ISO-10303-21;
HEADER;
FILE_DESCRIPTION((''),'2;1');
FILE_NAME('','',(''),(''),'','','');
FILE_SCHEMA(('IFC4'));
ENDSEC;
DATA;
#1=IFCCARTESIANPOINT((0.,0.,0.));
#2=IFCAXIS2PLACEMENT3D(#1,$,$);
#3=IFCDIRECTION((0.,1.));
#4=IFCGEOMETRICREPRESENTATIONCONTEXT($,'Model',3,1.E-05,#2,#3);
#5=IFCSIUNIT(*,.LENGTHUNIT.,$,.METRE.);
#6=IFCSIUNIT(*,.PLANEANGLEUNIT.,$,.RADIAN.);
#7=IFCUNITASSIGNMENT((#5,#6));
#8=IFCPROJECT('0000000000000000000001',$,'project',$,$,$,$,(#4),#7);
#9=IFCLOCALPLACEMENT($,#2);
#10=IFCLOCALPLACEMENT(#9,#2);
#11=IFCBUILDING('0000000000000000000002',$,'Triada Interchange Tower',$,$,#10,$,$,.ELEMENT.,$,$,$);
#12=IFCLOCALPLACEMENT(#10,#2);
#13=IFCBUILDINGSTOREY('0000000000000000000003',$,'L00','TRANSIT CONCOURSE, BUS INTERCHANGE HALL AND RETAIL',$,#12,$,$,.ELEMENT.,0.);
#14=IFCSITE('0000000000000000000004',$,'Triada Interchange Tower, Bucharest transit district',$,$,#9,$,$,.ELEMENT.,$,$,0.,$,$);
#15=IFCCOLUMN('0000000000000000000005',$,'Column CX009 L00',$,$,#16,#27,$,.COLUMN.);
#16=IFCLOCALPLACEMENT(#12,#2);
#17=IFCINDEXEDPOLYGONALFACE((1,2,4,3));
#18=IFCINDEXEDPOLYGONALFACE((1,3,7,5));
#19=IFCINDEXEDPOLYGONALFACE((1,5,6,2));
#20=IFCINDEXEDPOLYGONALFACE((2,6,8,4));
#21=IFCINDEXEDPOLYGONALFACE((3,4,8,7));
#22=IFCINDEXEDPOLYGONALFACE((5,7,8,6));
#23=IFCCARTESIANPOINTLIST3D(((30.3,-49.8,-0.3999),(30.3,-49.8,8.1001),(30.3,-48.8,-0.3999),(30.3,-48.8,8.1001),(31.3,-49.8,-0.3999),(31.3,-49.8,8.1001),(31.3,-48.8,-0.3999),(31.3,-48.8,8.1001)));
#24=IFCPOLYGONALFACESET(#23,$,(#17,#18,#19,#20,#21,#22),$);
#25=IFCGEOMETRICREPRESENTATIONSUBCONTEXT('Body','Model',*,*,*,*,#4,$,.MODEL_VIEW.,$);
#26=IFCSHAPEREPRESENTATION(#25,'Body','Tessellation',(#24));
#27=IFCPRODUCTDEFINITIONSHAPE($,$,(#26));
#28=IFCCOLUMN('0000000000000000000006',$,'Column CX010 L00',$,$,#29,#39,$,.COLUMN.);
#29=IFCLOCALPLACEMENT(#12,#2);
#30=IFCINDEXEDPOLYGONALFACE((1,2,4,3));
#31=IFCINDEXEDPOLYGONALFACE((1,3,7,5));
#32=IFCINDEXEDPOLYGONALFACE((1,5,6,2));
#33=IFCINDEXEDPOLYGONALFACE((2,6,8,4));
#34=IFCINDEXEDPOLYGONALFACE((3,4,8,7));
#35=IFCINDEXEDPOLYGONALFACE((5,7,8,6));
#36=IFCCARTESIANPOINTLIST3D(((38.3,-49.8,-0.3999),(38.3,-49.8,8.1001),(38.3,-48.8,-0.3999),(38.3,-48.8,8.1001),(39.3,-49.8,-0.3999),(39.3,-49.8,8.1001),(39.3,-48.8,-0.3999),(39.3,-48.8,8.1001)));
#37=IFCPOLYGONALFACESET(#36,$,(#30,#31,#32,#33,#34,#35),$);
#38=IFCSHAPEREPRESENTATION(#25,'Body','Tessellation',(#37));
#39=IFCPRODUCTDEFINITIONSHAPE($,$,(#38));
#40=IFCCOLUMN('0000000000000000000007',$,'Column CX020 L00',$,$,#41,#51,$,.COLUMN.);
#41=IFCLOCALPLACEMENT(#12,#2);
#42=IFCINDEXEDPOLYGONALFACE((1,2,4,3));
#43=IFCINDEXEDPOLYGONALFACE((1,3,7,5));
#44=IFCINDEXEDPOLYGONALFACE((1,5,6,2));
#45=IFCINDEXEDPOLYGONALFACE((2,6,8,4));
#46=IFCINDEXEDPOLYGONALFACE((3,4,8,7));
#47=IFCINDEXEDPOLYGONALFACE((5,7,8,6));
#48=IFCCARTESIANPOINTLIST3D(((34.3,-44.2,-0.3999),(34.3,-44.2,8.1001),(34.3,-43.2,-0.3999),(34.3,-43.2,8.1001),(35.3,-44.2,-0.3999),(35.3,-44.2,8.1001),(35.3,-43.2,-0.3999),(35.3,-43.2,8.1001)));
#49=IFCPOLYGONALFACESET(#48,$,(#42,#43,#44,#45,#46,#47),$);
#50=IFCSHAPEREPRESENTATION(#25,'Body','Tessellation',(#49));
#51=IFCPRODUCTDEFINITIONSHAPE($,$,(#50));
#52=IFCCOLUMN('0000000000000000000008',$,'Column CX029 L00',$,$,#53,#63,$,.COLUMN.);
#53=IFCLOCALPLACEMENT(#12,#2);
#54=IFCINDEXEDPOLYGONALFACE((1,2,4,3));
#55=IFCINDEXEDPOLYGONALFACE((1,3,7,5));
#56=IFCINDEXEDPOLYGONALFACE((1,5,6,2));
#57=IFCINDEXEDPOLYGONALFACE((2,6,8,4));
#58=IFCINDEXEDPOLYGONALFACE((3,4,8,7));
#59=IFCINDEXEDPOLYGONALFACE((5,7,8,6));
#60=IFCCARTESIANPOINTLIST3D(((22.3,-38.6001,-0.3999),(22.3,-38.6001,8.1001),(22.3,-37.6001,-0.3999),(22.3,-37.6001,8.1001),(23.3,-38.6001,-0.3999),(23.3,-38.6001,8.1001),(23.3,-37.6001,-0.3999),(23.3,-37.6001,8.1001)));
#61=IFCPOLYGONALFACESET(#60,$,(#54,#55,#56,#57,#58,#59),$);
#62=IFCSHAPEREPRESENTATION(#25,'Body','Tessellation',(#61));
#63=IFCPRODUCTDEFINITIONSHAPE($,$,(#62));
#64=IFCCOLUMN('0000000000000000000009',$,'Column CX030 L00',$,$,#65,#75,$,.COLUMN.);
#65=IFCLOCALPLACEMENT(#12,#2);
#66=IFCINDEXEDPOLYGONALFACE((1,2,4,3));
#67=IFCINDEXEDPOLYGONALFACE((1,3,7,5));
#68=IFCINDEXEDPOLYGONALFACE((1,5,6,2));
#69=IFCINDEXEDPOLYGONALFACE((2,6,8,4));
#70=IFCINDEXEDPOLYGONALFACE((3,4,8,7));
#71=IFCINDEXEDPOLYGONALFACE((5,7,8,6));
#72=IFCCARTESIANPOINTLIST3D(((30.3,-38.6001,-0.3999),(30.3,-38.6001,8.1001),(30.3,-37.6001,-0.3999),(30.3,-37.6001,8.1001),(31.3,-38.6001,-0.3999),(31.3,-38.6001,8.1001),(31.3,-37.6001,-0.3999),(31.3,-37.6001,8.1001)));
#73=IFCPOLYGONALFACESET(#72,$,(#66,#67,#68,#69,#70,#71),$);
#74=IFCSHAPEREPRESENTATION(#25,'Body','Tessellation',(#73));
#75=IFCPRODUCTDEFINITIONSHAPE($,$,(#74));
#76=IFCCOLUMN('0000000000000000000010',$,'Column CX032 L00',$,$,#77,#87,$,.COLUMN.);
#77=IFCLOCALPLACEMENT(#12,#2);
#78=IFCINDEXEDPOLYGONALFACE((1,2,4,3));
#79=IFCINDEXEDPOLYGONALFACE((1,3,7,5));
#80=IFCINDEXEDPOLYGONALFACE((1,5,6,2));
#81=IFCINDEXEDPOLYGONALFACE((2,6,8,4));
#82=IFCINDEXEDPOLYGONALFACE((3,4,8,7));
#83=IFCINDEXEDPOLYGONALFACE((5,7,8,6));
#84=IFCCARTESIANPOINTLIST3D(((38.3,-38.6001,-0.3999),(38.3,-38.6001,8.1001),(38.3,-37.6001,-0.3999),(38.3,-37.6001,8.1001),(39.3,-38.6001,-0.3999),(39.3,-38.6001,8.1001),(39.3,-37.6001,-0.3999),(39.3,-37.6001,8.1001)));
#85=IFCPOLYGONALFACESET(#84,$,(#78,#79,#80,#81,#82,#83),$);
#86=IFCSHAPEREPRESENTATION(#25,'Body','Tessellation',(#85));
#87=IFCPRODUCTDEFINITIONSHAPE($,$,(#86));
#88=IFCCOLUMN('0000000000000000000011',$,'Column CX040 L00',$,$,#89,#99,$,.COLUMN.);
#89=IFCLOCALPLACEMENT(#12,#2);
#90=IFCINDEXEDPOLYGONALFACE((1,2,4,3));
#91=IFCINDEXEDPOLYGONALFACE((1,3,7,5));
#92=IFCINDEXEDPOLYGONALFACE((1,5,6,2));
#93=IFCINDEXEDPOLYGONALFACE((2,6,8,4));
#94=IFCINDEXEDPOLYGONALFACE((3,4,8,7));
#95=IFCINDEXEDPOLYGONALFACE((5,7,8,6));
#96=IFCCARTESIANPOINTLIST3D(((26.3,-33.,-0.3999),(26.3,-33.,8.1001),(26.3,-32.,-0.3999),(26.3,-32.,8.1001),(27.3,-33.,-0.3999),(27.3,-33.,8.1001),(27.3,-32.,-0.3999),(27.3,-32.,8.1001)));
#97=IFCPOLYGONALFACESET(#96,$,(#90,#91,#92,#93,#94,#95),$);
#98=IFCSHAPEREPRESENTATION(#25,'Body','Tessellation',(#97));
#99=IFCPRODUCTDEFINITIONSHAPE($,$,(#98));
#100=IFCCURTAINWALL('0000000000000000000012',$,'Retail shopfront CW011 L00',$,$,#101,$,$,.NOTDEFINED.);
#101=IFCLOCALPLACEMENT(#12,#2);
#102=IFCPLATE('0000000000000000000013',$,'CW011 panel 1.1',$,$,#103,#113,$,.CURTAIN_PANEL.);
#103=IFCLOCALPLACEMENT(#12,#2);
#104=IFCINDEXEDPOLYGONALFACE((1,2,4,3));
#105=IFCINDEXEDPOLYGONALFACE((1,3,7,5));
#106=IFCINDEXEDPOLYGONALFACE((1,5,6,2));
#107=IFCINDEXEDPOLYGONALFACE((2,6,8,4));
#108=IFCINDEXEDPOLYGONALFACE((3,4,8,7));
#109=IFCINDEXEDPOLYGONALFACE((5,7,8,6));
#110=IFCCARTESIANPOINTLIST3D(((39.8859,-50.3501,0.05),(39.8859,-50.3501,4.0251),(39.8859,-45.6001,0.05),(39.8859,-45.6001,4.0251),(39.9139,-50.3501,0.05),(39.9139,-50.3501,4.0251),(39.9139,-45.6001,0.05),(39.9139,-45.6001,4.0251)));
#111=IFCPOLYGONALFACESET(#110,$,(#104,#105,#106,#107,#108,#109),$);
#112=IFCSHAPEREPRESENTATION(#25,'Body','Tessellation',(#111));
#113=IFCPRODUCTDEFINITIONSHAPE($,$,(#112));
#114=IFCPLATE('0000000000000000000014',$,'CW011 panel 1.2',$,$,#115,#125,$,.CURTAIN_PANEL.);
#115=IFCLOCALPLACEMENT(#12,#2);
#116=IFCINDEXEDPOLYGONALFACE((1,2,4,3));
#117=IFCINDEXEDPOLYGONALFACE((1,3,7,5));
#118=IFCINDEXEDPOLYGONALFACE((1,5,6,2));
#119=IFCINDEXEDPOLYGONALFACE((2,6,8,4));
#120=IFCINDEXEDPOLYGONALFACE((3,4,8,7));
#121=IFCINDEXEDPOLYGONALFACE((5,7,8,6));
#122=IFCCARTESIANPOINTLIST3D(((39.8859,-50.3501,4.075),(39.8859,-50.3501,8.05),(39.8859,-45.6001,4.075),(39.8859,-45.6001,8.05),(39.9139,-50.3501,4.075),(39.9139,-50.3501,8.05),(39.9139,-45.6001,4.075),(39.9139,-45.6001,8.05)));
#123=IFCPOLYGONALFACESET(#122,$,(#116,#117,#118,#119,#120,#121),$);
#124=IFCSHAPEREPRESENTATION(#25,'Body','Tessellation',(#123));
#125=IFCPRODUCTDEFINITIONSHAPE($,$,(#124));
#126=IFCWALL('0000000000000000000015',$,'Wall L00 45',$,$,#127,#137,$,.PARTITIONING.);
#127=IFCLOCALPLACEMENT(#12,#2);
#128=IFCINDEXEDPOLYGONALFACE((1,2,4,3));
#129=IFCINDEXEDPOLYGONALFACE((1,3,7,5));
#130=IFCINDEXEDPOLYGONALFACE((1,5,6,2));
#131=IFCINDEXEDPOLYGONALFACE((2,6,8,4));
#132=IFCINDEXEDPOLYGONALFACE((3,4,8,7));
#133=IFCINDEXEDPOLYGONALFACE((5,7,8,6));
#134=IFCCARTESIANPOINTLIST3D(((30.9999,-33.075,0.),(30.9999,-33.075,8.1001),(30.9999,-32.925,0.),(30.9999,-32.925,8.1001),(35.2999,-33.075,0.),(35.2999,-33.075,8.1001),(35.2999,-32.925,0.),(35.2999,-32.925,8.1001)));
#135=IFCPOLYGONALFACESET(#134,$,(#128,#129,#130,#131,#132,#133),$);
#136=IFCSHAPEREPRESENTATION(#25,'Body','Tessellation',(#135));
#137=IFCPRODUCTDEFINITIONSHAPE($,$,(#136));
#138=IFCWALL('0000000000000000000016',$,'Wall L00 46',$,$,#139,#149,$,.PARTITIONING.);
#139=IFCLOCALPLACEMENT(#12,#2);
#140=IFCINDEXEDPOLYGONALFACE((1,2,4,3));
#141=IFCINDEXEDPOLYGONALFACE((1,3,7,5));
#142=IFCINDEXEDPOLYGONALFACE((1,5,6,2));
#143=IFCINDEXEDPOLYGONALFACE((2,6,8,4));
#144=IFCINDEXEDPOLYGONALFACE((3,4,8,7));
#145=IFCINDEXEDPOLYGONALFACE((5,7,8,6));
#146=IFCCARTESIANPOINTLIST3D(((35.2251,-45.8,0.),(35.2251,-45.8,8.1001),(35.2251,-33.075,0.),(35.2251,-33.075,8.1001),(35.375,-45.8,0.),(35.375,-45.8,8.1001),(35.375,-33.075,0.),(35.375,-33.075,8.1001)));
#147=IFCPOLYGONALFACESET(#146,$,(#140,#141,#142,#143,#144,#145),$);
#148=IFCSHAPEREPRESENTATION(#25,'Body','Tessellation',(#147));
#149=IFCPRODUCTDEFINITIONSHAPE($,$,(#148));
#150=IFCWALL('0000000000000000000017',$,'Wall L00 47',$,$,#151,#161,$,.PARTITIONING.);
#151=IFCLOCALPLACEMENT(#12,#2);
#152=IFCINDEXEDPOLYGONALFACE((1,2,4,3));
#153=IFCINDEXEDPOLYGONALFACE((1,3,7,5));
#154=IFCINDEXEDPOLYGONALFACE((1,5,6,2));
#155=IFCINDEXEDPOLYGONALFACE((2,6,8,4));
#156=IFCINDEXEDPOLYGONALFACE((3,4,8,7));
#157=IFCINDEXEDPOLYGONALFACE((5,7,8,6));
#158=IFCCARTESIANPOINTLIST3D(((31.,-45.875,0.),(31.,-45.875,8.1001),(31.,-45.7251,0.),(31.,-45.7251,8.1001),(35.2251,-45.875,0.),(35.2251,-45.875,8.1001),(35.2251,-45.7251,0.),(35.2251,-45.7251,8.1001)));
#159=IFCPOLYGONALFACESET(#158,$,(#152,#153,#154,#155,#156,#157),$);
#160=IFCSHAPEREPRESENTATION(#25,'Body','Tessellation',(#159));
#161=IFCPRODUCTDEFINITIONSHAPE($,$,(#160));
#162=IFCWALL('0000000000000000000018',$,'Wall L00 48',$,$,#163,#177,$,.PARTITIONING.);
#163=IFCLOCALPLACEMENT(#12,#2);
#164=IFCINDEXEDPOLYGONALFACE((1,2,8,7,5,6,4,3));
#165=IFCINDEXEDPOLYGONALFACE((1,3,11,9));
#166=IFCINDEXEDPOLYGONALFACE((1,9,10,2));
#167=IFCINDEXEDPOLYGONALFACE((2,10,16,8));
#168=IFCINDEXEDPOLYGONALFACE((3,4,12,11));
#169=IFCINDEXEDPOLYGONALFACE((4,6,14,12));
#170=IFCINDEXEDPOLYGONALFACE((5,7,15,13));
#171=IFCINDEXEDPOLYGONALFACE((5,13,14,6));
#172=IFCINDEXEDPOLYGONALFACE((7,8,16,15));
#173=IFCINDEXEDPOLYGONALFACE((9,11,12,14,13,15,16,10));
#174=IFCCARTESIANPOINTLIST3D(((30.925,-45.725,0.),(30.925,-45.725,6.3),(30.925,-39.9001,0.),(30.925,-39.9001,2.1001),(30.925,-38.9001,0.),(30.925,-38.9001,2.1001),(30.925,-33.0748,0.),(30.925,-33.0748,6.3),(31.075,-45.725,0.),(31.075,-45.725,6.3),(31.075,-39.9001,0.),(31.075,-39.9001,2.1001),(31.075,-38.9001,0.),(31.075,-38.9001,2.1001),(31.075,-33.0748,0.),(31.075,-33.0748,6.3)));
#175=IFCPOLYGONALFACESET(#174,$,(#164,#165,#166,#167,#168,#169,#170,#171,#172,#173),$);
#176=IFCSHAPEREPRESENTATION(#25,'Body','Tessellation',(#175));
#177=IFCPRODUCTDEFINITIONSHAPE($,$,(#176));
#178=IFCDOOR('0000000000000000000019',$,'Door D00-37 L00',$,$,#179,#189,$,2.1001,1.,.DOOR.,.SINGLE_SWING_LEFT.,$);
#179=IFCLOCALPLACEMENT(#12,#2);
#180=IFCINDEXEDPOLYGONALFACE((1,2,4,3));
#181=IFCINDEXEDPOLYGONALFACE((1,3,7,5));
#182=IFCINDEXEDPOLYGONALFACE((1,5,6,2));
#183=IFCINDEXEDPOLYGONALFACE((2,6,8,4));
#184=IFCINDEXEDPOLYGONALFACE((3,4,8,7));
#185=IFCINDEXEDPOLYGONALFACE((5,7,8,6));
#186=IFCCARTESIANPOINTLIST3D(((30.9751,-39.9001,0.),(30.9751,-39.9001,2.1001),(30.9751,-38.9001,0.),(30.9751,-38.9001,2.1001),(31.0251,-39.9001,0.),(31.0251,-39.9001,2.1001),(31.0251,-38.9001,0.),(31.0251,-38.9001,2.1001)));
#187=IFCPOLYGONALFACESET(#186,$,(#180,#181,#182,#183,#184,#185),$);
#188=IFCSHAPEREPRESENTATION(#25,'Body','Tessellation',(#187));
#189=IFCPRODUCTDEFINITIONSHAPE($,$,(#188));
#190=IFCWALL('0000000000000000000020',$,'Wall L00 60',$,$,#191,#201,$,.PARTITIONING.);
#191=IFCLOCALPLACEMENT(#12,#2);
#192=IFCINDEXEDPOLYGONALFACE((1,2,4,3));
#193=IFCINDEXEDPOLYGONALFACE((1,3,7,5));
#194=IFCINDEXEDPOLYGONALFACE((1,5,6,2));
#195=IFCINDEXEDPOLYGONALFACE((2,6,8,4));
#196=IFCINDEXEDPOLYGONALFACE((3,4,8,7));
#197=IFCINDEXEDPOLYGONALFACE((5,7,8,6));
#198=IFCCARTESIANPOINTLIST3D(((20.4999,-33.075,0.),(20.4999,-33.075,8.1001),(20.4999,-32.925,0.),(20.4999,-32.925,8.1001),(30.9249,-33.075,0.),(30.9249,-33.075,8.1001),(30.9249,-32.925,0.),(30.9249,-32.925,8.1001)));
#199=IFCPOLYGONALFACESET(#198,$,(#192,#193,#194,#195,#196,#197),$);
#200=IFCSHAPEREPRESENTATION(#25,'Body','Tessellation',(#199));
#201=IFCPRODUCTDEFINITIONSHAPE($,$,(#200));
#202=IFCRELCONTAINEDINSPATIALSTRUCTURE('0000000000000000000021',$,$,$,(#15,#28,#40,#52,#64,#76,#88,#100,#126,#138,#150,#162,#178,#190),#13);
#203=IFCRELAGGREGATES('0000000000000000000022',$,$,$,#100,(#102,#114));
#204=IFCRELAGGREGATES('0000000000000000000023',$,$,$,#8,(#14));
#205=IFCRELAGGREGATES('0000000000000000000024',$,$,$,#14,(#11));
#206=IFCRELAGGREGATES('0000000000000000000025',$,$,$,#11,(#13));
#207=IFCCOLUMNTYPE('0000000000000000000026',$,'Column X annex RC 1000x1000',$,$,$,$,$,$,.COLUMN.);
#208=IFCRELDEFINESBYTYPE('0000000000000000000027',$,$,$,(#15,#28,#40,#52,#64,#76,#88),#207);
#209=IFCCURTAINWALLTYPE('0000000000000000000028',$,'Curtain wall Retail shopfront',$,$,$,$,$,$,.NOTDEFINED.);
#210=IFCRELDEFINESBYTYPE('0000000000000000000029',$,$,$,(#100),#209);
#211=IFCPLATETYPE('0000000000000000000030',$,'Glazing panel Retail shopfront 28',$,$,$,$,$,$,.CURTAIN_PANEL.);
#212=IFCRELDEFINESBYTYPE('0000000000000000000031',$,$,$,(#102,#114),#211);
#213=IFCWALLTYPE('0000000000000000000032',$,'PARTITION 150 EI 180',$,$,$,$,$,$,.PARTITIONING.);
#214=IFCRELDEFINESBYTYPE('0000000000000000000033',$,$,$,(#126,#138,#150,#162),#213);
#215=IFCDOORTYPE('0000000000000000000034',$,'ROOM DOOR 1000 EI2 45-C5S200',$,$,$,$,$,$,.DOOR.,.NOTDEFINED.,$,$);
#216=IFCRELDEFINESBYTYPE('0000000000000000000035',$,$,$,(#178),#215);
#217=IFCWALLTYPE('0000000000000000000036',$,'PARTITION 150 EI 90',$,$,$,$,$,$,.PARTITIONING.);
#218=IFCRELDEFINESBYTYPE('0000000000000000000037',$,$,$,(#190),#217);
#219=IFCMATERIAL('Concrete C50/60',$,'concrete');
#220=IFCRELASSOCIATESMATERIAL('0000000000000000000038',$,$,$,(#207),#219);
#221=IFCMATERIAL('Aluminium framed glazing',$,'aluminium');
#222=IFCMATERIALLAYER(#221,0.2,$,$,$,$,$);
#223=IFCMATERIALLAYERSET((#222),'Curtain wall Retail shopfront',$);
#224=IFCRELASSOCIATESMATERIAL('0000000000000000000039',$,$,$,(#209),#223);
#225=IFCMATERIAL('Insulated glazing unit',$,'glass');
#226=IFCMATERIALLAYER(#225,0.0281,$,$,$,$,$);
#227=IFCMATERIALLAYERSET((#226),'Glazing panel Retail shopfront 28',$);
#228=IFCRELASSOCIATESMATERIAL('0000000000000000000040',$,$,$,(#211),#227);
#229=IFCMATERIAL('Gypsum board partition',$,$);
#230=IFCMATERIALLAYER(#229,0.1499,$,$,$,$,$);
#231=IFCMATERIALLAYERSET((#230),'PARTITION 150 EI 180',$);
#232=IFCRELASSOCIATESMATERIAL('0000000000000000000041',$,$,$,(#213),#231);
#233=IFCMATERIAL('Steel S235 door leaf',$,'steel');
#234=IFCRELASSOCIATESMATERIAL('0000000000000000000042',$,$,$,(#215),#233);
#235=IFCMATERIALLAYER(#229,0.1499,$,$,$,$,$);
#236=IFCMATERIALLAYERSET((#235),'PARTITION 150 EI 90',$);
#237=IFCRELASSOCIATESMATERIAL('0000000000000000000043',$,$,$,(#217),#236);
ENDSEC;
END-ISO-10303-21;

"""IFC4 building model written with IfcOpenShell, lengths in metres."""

from ifc_helpers import new_model, si_unit, direction, frame, frame_2d, origin, origin_2d, place, context, subcontext, project, spatial, rectangle, extrude, material, layer, layer_set, material_profile, profile_set, type_object, element, fill, aggregate, save


model = new_model("IFC4")

# Units and contexts
model_context = context("Model", 3, precision=1e-05, world=origin(), true_north=direction((0.0, 1.0)))
body_context = subcontext(model_context, "Body", "Model", "MODEL_VIEW")
ifc_project = project(units=[si_unit("LENGTHUNIT", "METRE"), si_unit("PLANEANGLEUNIT", "RADIAN")], contexts=[model_context])

# Site, building, storey
site_placement = place(None, origin())
site = spatial("IfcSite", under=ifc_project, at=site_placement, Name="Triada Interchange Tower, Bucharest transit district", CompositionType="ELEMENT", RefElevation=0.0)
building_placement = place(site_placement, origin())
building = spatial("IfcBuilding", under=site, at=building_placement, Name="Triada Interchange Tower", CompositionType="ELEMENT")
storey_placement = place(building_placement, origin())
storey = spatial("IfcBuildingStorey", under=building, at=storey_placement, Name="L00", Description="TRANSIT CONCOURSE, BUS INTERCHANGE HALL AND RETAIL", CompositionType="ELEMENT", Elevation=0.0)

# Columns
ifc_material_1 = material(Name="Concrete C50/60", Category="concrete")
ifc_material_profile = material_profile(ifc_material_1, rectangle(XDim=1.0, YDim=1.0, at=origin_2d()), Name="RC 1000x1000")
ifc_profile_set = profile_set([ifc_material_profile], Name="Concrete C50/60")
column_type = type_object("IfcColumnType", Name="Column X annex RC 1000x1000", PredefinedType="COLUMN", material=ifc_profile_set)
for number, where, z_axis, x_axis, name in (
    (1, (30.8, -49.3, -0.3999), (0.0, 0.0, 1.0), (1.0, 0.0, 0.0), "Column CX009 L00"),
    (2, (38.8, -49.3, -0.3999), (0.0, 0.0, 1.0), (1.0, 0.0, 0.0), "Column CX010 L00"),
    (3, (34.8, -43.7, -0.3999), (0.0, 0.0, 1.0), (1.0, 0.0, 0.0), "Column CX020 L00"),
    (4, (22.8, -38.1001, -0.3999), (0.0, 0.0, 1.0), (1.0, 0.0, 0.0), "Column CX029 L00"),
    (5, (30.8, -38.1001, -0.3999), (0.0, 0.0, 1.0), (1.0, 0.0, 0.0), "Column CX030 L00"),
    (6, (38.8, -38.1001, -0.3999), (0.0, 0.0, 1.0), (1.0, 0.0, 0.0), "Column CX032 L00"),
    (7, (26.8, -32.5, -0.3999), (0.0, 0.0, 1.0), (1.0, 0.0, 0.0), "Column CX040 L00"),
):
    element("IfcColumn", number, at=place(storey_placement, frame(where, z_axis=z_axis, x_axis=x_axis)), inside=storey, type_object=column_type, Name=name, PredefinedType="COLUMN", context=body_context, shape_type="SweptSolid", body=[
        extrude(rectangle(XDim=1.0, YDim=1.0, at=origin_2d()), origin(), (0.0, 0.0, 1.0), 8.5),
    ])

# Curtain wall, plates
ifc_material_2 = material(Name="Aluminium framed glazing", Category="aluminium")
ifc_layer_1 = layer(ifc_material_2, 0.2)
ifc_layer_set_1 = layer_set([ifc_layer_1], Name="Curtain wall Retail shopfront")
curtain_wall_type = type_object("IfcCurtainWallType", Name="Curtain wall Retail shopfront", PredefinedType="NOTDEFINED", material=ifc_layer_set_1)
curtain_wall_placement = place(storey_placement, origin())
curtain_wall = element("IfcCurtainWall", 8, at=curtain_wall_placement, inside=storey, type_object=curtain_wall_type, Name="Retail shopfront CW011 L00", PredefinedType="NOTDEFINED")
ifc_material_3 = material(Name="Insulated glazing unit", Category="glass")
ifc_layer_2 = layer(ifc_material_3, 0.0281)
ifc_layer_set_2 = layer_set([ifc_layer_2], Name="Glazing panel Retail shopfront 28")
plate_type = type_object("IfcPlateType", Name="Glazing panel Retail shopfront 28", PredefinedType="CURTAIN_PANEL", material=ifc_layer_set_2)
plate_1_placement = place(storey_placement, frame((39.8999, -47.9751, 0.05), z_axis=(0.0, 0.0, 1.0), x_axis=(0.0, 1.0, 0.0)))
plate_1 = element("IfcPlate", 9, at=plate_1_placement, type_object=plate_type, Name="CW011 panel 1.1", PredefinedType="CURTAIN_PANEL", context=body_context, shape_type="SweptSolid", body=[
    extrude(rectangle(XDim=4.75, YDim=0.0281, at=origin_2d()), origin(), (0.0, 0.0, 1.0), 3.9751),
])
plate_2_placement = place(storey_placement, frame((39.8999, -47.9751, 4.075), z_axis=(0.0, 0.0, 1.0), x_axis=(0.0, 1.0, 0.0)))
plate_2 = element("IfcPlate", 10, at=plate_2_placement, type_object=plate_type, Name="CW011 panel 1.2", PredefinedType="CURTAIN_PANEL", context=body_context, shape_type="SweptSolid", body=[
    extrude(rectangle(XDim=4.75, YDim=0.0281, at=origin_2d()), origin(), (0.0, 0.0, 1.0), 3.9751),
])
aggregate(curtain_wall, [plate_1, plate_2])

# Walls
ifc_material_4 = material(Name="Gypsum board partition")
ifc_layer_3 = layer(ifc_material_4, 0.1499)
ifc_layer_set_3 = layer_set([ifc_layer_3], Name="PARTITION 150 EI 180")
wall_type_1 = type_object("IfcWallType", Name="PARTITION 150 EI 180", PredefinedType="PARTITIONING", material=ifc_layer_set_3)
wall_1_placement = place(storey_placement, frame((31.0, -33.0, 0.0), z_axis=(0.0, 0.0, 1.0), x_axis=(1.0, 0.0, 0.0)))
element("IfcWall", 11, at=wall_1_placement, inside=storey, type_object=wall_type_1, Name="Wall L00 45", PredefinedType="PARTITIONING", context=body_context, shape_type="SweptSolid", body=[
    extrude(rectangle(XDim=4.3, YDim=0.1499, at=frame_2d((2.1499, 0.0))), origin(), (0.0, 0.0, 1.0), 8.1001),
])
wall_2_placement = place(storey_placement, frame((35.3, -45.8, 0.0), z_axis=(0.0, 0.0, 1.0), x_axis=(0.0, 1.0, 0.0)))
element("IfcWall", 12, at=wall_2_placement, inside=storey, type_object=wall_type_1, Name="Wall L00 46", PredefinedType="PARTITIONING", context=body_context, shape_type="SweptSolid", body=[
    extrude(rectangle(XDim=12.7251, YDim=0.1499, at=frame_2d((6.3625, 0.0))), origin(), (0.0, 0.0, 1.0), 8.1001),
])
wall_3_placement = place(storey_placement, frame((31.0, -45.8, 0.0), z_axis=(0.0, 0.0, 1.0), x_axis=(1.0, 0.0, 0.0)))
element("IfcWall", 13, at=wall_3_placement, inside=storey, type_object=wall_type_1, Name="Wall L00 47", PredefinedType="PARTITIONING", context=body_context, shape_type="SweptSolid", body=[
    extrude(rectangle(XDim=4.2251, YDim=0.1499, at=frame_2d((2.1125, 0.0))), origin(), (0.0, 0.0, 1.0), 8.1001),
])

# Wall, opening, door
wall_4_placement = place(storey_placement, frame((31.0, -45.7251, 0.0), z_axis=(0.0, 0.0, 1.0), x_axis=(0.0, 1.0, 0.0)))
wall_4 = element("IfcWall", 14, at=wall_4_placement, inside=storey, type_object=wall_type_1, Name="Wall L00 48", PredefinedType="PARTITIONING", context=body_context, shape_type="SweptSolid", body=[
    extrude(rectangle(XDim=12.6501, YDim=0.1499, at=frame_2d((6.3252, 0.0))), origin(), (0.0, 0.0, 1.0), 6.3),
])
opening_1_placement = place(wall_4_placement, frame((5.825, 0.0, 0.0)))
opening_1 = element("IfcOpeningElement", 15, at=opening_1_placement, cuts=wall_4, PredefinedType="OPENING", context=body_context, shape_type="SweptSolid", body=[
    extrude(rectangle(XDim=1.0, YDim=2.1001, at=frame_2d((0.5, 1.05))), frame((0.0, 0.085, 0.0), z_axis=(0.0, -1.0, 0.0), x_axis=(1.0, 0.0, 0.0)), (0.0, 0.0, 1.0), 0.1699),
])
ifc_material_5 = material(Name="Steel S235 door leaf", Category="steel")
door_type_1 = type_object("IfcDoorType", Name="ROOM DOOR 1000 EI2 45-C5S200", OperationType="NOTDEFINED", PredefinedType="DOOR", material=ifc_material_5)
door_1_placement = place(opening_1_placement, origin())
door_1 = element("IfcDoor", 16, at=door_1_placement, inside=storey, type_object=door_type_1, Name="Door D00-37 L00", OperationType="SINGLE_SWING_LEFT", OverallHeight=2.1001, OverallWidth=1.0, PredefinedType="DOOR", context=body_context, shape_type="SweptSolid", body=[
    extrude(rectangle(XDim=1.0, YDim=2.1001, at=frame_2d((0.5, 1.05))), frame((0.0, 0.0249, 0.0), z_axis=(0.0, -1.0, 0.0), x_axis=(1.0, 0.0, 0.0)), (0.0, 0.0, 1.0), 0.05),
])
fill(opening_1, door_1)

# Wall
ifc_layer_4 = layer(ifc_material_4, 0.1499)
ifc_layer_set_4 = layer_set([ifc_layer_4], Name="PARTITION 150 EI 90")
wall_type_2 = type_object("IfcWallType", Name="PARTITION 150 EI 90", PredefinedType="PARTITIONING", material=ifc_layer_set_4)
for number, where, z_axis, x_axis, name in (
    (17, (20.5, -33.0, 0.0), (0.0, 0.0, 1.0), (1.0, 0.0, 0.0), "Wall L00 60"),
):
    element("IfcWall", number, at=place(storey_placement, frame(where, z_axis=z_axis, x_axis=x_axis)), inside=storey, type_object=wall_type_2, Name=name, PredefinedType="PARTITIONING", context=body_context, shape_type="SweptSolid", body=[
        extrude(rectangle(XDim=10.425, YDim=0.1499, at=frame_2d((5.2124, 0.0))), origin(), (0.0, 0.0, 1.0), 8.1001),
    ])

save(model, "model.ifc")
